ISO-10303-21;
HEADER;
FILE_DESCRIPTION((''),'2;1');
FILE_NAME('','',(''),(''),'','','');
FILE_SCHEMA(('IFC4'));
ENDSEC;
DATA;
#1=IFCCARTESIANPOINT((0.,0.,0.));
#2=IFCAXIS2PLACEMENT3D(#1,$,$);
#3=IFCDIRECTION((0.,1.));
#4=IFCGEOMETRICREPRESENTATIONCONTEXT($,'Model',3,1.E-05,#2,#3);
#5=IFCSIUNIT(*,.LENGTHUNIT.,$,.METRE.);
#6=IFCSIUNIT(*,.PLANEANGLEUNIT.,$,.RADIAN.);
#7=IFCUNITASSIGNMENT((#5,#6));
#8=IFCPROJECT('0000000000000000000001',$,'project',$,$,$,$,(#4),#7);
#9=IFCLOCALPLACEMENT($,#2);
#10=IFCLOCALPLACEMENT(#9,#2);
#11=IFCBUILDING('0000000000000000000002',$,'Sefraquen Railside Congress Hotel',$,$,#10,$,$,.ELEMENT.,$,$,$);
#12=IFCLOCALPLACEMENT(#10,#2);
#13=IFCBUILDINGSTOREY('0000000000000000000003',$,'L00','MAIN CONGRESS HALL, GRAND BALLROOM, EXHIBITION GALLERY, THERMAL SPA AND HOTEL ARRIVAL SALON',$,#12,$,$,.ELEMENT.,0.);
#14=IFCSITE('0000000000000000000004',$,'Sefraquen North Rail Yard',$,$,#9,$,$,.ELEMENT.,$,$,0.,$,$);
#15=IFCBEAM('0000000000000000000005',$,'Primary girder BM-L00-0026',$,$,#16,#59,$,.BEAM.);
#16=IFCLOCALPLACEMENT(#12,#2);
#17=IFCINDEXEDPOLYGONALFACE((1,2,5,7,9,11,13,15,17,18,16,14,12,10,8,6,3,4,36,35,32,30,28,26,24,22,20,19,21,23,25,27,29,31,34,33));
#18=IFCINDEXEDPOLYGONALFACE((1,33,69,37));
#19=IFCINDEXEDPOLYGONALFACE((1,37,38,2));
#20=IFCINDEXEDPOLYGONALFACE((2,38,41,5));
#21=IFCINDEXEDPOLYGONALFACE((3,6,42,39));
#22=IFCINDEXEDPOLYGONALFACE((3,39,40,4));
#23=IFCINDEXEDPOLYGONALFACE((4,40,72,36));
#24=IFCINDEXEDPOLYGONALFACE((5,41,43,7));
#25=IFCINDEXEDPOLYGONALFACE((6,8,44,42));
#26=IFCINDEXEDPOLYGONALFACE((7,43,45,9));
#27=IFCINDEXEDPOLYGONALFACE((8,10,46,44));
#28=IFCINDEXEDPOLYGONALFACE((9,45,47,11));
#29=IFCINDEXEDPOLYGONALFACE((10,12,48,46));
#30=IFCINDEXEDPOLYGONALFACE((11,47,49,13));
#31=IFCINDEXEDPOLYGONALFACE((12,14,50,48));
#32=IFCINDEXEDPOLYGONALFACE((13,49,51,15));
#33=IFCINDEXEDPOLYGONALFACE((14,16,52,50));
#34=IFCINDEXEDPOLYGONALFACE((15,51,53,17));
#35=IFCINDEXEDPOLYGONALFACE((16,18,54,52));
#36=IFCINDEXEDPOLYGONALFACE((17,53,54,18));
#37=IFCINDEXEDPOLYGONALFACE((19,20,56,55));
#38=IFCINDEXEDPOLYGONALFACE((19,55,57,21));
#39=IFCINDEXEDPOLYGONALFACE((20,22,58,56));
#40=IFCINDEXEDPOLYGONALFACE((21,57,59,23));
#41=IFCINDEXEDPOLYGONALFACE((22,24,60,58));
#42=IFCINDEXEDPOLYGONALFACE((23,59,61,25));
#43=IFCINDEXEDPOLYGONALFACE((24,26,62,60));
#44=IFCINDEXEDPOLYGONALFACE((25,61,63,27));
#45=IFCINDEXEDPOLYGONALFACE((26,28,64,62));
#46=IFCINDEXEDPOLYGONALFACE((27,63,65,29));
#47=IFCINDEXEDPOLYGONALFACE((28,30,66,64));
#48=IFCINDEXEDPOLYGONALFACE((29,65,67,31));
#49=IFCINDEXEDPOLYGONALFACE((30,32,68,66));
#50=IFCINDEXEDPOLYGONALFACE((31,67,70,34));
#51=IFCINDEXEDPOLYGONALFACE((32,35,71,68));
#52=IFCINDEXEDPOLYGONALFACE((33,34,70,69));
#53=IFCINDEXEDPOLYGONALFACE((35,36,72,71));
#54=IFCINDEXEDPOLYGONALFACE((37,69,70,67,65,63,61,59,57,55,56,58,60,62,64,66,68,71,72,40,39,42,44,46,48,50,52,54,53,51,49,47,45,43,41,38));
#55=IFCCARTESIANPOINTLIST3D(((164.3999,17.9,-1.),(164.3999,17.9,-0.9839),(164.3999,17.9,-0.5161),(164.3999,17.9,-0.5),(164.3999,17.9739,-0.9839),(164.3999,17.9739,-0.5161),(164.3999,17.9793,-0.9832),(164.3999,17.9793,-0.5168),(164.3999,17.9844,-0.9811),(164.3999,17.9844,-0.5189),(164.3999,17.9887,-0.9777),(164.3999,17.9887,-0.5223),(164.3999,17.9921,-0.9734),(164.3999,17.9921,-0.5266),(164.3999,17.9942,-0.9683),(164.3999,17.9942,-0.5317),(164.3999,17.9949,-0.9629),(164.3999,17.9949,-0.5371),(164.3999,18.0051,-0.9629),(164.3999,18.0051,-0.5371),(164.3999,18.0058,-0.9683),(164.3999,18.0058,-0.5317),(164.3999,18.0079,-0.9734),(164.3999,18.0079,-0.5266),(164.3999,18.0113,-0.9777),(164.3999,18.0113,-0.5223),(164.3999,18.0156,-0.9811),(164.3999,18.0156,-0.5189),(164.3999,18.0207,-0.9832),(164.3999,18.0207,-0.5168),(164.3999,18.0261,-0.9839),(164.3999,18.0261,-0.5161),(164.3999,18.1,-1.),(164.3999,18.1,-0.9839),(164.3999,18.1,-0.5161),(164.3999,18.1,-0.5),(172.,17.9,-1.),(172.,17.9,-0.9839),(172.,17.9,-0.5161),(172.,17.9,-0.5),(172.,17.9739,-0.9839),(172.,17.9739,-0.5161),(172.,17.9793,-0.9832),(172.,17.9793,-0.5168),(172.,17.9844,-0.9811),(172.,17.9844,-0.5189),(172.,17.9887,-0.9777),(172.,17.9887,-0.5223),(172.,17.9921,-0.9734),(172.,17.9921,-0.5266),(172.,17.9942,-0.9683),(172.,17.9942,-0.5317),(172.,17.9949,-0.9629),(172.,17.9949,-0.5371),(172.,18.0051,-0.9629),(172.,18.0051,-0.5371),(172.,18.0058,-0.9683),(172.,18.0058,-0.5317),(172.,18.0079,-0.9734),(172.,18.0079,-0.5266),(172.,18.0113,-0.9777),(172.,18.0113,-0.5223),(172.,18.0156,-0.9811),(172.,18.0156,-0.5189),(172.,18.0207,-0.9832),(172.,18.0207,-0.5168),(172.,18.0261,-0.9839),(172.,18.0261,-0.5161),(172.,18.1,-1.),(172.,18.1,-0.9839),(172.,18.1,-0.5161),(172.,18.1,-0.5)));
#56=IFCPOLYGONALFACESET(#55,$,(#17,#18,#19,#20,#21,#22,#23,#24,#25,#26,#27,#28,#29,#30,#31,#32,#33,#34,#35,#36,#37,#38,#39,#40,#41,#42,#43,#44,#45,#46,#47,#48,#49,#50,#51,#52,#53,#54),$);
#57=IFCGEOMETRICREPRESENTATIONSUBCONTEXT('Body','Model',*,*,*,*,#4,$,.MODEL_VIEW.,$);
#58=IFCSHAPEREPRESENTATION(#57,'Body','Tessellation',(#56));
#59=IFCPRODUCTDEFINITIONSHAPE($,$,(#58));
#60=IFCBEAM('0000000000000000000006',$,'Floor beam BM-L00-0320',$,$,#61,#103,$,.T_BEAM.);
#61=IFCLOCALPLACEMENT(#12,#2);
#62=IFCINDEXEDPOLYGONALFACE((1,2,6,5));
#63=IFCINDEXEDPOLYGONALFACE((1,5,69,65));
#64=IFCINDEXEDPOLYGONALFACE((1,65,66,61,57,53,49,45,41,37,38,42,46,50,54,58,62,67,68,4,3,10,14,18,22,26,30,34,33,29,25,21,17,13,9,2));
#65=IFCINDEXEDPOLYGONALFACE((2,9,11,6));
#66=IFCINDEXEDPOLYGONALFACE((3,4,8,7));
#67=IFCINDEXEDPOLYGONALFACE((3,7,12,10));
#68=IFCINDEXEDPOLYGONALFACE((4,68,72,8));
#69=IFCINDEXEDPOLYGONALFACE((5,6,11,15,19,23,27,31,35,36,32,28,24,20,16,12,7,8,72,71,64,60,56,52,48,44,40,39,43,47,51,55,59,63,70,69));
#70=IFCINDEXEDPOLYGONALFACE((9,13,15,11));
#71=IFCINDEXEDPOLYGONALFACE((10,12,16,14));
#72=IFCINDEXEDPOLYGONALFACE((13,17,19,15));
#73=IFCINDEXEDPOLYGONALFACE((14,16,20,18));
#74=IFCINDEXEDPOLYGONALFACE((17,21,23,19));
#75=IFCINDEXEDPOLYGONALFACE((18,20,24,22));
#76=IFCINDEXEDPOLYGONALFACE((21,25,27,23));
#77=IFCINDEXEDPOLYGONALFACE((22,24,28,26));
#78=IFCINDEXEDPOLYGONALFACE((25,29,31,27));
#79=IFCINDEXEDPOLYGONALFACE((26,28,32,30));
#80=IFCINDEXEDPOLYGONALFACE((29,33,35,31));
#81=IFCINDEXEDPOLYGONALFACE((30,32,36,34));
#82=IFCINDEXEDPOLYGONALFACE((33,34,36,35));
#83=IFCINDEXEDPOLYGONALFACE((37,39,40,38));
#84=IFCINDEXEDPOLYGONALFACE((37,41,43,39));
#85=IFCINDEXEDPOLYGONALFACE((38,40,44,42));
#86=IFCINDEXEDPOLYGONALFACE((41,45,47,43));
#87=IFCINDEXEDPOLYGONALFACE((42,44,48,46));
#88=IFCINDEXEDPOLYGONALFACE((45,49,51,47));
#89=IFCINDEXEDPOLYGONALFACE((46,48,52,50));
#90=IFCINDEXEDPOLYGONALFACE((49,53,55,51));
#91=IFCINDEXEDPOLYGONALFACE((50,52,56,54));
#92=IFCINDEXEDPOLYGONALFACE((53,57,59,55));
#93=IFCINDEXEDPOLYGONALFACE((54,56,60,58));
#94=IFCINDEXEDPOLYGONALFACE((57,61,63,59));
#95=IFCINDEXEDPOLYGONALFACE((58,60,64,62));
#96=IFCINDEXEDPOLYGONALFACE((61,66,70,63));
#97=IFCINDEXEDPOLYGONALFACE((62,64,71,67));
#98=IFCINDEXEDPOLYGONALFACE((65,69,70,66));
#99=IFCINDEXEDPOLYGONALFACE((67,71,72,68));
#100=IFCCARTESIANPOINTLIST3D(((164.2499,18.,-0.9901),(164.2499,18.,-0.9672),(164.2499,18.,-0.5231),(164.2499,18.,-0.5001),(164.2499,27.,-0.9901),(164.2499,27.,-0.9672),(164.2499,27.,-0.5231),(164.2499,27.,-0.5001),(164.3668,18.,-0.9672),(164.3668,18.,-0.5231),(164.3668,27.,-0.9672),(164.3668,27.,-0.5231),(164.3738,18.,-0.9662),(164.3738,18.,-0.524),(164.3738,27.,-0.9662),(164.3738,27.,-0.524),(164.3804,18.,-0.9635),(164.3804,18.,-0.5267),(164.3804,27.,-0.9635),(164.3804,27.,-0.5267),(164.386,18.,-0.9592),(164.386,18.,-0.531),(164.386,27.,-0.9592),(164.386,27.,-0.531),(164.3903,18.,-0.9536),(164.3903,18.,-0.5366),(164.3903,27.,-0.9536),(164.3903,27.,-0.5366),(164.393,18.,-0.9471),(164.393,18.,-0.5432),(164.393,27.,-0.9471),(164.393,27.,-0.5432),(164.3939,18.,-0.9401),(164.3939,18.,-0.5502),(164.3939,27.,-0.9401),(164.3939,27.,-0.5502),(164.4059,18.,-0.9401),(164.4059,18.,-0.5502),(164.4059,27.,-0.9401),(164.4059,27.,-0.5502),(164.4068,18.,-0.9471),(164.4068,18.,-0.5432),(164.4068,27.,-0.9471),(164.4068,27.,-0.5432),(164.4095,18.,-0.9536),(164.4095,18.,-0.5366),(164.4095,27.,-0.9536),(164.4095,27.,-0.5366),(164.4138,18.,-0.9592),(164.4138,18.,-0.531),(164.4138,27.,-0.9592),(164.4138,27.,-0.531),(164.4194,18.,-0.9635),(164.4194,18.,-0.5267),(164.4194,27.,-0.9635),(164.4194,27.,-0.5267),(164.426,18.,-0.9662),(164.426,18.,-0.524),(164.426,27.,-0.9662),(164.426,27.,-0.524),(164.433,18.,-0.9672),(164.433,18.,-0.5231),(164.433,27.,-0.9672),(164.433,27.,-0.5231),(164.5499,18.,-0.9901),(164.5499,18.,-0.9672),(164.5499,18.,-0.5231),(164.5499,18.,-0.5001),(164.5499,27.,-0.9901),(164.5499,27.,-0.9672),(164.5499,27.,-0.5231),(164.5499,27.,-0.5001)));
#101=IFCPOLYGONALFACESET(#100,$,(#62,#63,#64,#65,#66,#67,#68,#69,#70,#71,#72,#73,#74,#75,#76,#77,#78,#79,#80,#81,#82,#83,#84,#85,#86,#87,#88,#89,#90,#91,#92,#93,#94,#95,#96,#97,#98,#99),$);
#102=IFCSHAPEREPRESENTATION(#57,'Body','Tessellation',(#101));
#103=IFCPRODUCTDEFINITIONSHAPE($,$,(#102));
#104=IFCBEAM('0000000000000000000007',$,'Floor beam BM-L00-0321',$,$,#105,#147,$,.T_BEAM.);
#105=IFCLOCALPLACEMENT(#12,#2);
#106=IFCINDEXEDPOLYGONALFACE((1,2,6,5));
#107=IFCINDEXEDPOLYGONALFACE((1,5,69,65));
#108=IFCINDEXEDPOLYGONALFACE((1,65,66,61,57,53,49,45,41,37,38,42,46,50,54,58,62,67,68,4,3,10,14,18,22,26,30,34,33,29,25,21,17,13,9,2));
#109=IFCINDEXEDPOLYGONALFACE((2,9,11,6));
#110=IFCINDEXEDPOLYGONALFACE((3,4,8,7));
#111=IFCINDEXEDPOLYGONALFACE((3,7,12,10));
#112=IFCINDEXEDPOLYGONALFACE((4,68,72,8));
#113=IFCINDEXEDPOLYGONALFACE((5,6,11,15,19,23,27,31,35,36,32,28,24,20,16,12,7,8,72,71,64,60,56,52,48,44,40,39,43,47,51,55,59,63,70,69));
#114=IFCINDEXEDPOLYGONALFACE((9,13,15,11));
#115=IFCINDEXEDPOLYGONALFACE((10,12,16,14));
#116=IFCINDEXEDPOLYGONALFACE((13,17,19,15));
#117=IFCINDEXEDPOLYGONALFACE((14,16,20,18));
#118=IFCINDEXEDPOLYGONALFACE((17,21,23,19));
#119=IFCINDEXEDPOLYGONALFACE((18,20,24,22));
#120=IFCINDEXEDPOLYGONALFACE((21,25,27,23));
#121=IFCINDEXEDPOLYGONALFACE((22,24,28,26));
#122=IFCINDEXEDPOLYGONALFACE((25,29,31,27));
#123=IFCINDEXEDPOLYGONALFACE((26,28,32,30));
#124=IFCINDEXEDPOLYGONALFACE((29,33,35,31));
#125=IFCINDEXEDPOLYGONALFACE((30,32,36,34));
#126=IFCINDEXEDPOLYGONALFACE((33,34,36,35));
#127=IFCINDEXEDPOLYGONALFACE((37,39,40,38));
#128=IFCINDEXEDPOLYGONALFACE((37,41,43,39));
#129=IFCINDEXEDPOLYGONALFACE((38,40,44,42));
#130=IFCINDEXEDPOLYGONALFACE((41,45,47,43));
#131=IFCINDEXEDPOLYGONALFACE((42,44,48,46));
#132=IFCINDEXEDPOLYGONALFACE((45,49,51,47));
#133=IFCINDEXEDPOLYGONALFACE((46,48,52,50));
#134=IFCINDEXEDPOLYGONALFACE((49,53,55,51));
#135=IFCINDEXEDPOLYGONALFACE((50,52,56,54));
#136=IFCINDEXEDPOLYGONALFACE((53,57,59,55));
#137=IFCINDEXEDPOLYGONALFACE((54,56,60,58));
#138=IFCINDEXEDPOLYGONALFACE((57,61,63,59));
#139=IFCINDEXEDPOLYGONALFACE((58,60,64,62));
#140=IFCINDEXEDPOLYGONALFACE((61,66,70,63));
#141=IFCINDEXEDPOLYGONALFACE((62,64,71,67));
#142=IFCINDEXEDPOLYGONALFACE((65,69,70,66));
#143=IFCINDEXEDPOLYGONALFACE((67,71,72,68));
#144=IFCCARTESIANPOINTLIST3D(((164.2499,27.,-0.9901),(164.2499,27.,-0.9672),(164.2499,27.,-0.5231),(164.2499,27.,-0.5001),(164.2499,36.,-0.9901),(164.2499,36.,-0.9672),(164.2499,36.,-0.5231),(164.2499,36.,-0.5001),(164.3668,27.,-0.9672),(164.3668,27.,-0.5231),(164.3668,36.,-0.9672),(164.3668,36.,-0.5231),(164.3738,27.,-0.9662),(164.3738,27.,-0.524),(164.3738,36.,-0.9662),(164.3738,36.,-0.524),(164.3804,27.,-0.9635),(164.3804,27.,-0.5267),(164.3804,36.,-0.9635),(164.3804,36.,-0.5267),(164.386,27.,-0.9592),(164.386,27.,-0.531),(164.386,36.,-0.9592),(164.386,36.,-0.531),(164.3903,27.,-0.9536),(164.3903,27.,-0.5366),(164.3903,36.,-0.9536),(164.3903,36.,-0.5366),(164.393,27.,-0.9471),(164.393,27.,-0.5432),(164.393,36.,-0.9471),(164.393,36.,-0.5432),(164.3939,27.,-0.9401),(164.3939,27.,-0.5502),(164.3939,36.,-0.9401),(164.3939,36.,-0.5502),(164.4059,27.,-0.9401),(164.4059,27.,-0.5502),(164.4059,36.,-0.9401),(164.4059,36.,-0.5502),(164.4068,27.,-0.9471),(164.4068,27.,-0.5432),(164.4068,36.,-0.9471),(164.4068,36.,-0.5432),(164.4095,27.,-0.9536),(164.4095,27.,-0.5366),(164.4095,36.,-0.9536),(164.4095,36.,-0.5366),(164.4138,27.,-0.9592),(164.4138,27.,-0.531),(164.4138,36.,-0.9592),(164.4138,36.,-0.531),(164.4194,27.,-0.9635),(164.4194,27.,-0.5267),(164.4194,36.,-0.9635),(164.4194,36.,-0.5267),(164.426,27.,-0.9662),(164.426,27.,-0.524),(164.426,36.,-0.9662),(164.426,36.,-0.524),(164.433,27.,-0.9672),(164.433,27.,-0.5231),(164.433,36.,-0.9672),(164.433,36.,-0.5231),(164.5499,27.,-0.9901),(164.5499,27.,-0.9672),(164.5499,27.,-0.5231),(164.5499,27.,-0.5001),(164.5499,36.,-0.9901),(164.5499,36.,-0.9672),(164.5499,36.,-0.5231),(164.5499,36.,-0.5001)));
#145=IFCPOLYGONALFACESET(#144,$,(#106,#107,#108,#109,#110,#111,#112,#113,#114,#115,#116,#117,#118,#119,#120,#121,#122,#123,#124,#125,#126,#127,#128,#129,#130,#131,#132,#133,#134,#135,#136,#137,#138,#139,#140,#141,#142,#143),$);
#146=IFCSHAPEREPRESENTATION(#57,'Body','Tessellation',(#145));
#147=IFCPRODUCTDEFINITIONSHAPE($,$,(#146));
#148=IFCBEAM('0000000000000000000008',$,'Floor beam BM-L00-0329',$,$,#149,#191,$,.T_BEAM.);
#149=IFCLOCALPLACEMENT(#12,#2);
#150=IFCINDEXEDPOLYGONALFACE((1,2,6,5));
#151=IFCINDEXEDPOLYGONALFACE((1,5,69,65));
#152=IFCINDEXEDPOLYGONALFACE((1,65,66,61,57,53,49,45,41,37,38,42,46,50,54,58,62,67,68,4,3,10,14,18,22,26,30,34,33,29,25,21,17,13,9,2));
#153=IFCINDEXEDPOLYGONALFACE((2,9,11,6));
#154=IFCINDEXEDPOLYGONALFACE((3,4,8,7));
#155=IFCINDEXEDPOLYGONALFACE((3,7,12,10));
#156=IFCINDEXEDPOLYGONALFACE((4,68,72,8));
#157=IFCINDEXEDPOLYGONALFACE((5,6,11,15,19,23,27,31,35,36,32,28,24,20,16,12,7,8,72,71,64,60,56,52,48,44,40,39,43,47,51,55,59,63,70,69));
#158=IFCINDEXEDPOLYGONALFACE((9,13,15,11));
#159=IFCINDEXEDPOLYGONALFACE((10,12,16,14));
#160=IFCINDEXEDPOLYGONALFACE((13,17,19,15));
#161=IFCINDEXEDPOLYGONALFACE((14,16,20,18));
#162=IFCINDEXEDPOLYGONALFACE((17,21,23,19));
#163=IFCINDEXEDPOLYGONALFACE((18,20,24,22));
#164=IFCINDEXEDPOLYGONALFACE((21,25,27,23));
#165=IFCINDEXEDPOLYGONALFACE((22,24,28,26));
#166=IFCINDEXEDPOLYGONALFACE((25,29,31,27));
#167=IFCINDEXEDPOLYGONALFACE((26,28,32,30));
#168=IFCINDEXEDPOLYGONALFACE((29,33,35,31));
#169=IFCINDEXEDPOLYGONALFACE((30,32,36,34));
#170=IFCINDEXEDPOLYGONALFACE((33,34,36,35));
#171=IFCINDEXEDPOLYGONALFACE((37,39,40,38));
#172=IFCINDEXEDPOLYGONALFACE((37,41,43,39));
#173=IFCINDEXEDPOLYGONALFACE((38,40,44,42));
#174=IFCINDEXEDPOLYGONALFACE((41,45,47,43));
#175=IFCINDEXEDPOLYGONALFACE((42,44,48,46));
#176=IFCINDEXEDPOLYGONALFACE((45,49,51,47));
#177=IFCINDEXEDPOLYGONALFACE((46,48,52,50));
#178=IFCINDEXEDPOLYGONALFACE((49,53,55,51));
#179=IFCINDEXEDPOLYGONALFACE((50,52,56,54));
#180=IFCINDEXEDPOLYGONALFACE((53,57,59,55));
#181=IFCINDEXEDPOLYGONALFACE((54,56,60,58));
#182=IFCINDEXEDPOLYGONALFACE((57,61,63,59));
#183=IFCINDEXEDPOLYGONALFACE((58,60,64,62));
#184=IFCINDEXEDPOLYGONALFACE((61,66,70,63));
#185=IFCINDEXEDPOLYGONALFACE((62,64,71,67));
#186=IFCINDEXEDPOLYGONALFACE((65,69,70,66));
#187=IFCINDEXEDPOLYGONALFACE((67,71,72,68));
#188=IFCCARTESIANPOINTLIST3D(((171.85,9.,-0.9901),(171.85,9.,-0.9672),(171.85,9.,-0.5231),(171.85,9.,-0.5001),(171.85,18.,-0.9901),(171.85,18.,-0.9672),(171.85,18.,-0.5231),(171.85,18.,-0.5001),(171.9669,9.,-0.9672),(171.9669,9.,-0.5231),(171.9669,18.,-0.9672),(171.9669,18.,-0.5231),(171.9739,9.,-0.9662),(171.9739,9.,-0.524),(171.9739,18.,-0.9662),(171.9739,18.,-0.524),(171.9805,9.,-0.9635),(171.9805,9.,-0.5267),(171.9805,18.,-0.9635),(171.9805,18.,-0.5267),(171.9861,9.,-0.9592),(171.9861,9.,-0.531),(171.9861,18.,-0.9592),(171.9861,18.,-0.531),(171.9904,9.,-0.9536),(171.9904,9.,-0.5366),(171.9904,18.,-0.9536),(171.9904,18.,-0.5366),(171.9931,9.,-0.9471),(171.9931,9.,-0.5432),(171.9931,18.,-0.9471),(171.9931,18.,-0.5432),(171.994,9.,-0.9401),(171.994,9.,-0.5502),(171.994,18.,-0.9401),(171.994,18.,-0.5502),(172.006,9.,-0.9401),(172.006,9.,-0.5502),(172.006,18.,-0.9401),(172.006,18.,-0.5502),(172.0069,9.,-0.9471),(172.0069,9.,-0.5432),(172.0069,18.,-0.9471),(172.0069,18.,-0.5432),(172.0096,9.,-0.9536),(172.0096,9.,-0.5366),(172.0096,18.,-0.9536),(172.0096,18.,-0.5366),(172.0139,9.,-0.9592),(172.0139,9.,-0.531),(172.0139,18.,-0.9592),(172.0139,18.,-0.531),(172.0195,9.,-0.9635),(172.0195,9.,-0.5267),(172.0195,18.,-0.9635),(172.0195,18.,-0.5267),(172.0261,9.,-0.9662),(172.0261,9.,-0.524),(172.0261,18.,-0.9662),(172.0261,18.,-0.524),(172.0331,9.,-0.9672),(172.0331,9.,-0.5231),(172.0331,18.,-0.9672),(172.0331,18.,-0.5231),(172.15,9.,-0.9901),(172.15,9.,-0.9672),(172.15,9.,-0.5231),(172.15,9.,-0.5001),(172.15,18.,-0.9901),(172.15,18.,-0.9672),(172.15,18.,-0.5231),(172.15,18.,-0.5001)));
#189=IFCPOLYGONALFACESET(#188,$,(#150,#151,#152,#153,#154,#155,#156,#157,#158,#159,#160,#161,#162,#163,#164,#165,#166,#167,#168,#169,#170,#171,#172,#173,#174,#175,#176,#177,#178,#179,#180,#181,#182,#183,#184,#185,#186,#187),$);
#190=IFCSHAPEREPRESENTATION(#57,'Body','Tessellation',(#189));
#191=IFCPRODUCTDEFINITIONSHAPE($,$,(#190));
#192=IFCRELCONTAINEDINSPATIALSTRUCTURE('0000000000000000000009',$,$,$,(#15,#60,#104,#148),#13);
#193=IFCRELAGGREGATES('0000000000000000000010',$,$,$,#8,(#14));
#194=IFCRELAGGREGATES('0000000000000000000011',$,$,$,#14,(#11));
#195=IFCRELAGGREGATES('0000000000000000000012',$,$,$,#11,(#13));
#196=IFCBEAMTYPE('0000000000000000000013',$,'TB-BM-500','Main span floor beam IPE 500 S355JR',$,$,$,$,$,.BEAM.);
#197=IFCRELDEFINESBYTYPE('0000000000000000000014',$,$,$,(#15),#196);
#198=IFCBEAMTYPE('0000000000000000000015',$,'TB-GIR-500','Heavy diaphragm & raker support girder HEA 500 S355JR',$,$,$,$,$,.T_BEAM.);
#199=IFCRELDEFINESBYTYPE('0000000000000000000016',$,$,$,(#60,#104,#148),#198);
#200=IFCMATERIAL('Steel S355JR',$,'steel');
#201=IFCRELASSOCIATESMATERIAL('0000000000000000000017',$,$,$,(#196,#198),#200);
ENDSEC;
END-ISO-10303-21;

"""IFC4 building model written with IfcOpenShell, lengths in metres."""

from ifc_helpers import new_model, si_unit, direction, frame, origin, origin_2d, place, context, subcontext, project, spatial, i_section, extrude, material, material_profile, profile_set, type_object, element, save


model = new_model("IFC4")

# Units and contexts
model_context = context("Model", 3, precision=1e-05, world=origin(), true_north=direction((0.0, 1.0)))
body_context = subcontext(model_context, "Body", "Model", "MODEL_VIEW")
ifc_project = project(units=[si_unit("LENGTHUNIT", "METRE"), si_unit("PLANEANGLEUNIT", "RADIAN")], contexts=[model_context])

# Site, building, storey
site_placement = place(None, origin())
site = spatial("IfcSite", under=ifc_project, at=site_placement, Name="Sefraquen North Rail Yard", CompositionType="ELEMENT", RefElevation=0.0)
building_placement = place(site_placement, origin())
building = spatial("IfcBuilding", under=site, at=building_placement, Name="Sefraquen Railside Congress Hotel", CompositionType="ELEMENT")
storey_placement = place(building_placement, origin())
storey = spatial("IfcBuildingStorey", under=building, at=storey_placement, Name="L00", Description="MAIN CONGRESS HALL, GRAND BALLROOM, EXHIBITION GALLERY, THERMAL SPA AND HOTEL ARRIVAL SALON", CompositionType="ELEMENT", Elevation=0.0)

# Shared definitions
ifc_material_1 = material(Name="Steel S355JR", Category="steel")

# Beams
ifc_material_profile_1 = material_profile(ifc_material_1, i_section(OverallWidth=0.2, OverallDepth=0.5, WebThickness=0.0103, FlangeThickness=0.0161, FilletRadius=0.021, at=origin_2d()), Name="IPE 500")
ifc_profile_set_1 = profile_set([ifc_material_profile_1], Name="Steel S355JR")
beam_type_1 = type_object("IfcBeamType", Name="TB-BM-500", Description="Main span floor beam IPE 500 S355JR", PredefinedType="BEAM", material=ifc_profile_set_1)
for number, where, z_axis, x_axis, name in (
    (1, (164.3999, 18.0, -0.75), (1.0, 0.0, 0.0), (0.0, 1.0, 0.0), "Primary girder BM-L00-0026"),
):
    element("IfcBeam", number, at=place(storey_placement, frame(where, z_axis=z_axis, x_axis=x_axis)), inside=storey, type_object=beam_type_1, Name=name, PredefinedType="BEAM", context=body_context, shape_type="SweptSolid", body=[
        extrude(i_section(OverallWidth=0.2, OverallDepth=0.5, WebThickness=0.0103, FlangeThickness=0.0161, FilletRadius=0.021, at=origin_2d()), origin(), (0.0, 0.0, 1.0), 7.6001),
    ])
ifc_material_profile_2 = material_profile(ifc_material_1, i_section(OverallWidth=0.3, OverallDepth=0.49, WebThickness=0.012, FlangeThickness=0.0229, FilletRadius=0.0271, at=origin_2d()), Name="HEA 500")
ifc_profile_set_2 = profile_set([ifc_material_profile_2], Name="Steel S355JR")
beam_type_2 = type_object("IfcBeamType", Name="TB-GIR-500", Description="Heavy diaphragm & raker support girder HEA 500 S355JR", PredefinedType="T_BEAM", material=ifc_profile_set_2)
for number, where, z_axis, x_axis, name in (
    (2, (164.3999, 18.0, -0.7451), (0.0, 1.0, 0.0), (-1.0, 0.0, 0.0), "Floor beam BM-L00-0320"),
    (3, (164.3999, 27.0, -0.7451), (0.0, 1.0, 0.0), (-1.0, 0.0, 0.0), "Floor beam BM-L00-0321"),
    (4, (172.0, 9.0, -0.7451), (0.0, 1.0, 0.0), (-1.0, 0.0, 0.0), "Floor beam BM-L00-0329"),
):
    element("IfcBeam", number, at=place(storey_placement, frame(where, z_axis=z_axis, x_axis=x_axis)), inside=storey, type_object=beam_type_2, Name=name, PredefinedType="T_BEAM", context=body_context, shape_type="SweptSolid", body=[
        extrude(i_section(OverallWidth=0.3, OverallDepth=0.49, WebThickness=0.012, FlangeThickness=0.0229, FilletRadius=0.0271, at=origin_2d()), origin(), (0.0, 0.0, 1.0), 9.0),
    ])

save(model, "model.ifc")
